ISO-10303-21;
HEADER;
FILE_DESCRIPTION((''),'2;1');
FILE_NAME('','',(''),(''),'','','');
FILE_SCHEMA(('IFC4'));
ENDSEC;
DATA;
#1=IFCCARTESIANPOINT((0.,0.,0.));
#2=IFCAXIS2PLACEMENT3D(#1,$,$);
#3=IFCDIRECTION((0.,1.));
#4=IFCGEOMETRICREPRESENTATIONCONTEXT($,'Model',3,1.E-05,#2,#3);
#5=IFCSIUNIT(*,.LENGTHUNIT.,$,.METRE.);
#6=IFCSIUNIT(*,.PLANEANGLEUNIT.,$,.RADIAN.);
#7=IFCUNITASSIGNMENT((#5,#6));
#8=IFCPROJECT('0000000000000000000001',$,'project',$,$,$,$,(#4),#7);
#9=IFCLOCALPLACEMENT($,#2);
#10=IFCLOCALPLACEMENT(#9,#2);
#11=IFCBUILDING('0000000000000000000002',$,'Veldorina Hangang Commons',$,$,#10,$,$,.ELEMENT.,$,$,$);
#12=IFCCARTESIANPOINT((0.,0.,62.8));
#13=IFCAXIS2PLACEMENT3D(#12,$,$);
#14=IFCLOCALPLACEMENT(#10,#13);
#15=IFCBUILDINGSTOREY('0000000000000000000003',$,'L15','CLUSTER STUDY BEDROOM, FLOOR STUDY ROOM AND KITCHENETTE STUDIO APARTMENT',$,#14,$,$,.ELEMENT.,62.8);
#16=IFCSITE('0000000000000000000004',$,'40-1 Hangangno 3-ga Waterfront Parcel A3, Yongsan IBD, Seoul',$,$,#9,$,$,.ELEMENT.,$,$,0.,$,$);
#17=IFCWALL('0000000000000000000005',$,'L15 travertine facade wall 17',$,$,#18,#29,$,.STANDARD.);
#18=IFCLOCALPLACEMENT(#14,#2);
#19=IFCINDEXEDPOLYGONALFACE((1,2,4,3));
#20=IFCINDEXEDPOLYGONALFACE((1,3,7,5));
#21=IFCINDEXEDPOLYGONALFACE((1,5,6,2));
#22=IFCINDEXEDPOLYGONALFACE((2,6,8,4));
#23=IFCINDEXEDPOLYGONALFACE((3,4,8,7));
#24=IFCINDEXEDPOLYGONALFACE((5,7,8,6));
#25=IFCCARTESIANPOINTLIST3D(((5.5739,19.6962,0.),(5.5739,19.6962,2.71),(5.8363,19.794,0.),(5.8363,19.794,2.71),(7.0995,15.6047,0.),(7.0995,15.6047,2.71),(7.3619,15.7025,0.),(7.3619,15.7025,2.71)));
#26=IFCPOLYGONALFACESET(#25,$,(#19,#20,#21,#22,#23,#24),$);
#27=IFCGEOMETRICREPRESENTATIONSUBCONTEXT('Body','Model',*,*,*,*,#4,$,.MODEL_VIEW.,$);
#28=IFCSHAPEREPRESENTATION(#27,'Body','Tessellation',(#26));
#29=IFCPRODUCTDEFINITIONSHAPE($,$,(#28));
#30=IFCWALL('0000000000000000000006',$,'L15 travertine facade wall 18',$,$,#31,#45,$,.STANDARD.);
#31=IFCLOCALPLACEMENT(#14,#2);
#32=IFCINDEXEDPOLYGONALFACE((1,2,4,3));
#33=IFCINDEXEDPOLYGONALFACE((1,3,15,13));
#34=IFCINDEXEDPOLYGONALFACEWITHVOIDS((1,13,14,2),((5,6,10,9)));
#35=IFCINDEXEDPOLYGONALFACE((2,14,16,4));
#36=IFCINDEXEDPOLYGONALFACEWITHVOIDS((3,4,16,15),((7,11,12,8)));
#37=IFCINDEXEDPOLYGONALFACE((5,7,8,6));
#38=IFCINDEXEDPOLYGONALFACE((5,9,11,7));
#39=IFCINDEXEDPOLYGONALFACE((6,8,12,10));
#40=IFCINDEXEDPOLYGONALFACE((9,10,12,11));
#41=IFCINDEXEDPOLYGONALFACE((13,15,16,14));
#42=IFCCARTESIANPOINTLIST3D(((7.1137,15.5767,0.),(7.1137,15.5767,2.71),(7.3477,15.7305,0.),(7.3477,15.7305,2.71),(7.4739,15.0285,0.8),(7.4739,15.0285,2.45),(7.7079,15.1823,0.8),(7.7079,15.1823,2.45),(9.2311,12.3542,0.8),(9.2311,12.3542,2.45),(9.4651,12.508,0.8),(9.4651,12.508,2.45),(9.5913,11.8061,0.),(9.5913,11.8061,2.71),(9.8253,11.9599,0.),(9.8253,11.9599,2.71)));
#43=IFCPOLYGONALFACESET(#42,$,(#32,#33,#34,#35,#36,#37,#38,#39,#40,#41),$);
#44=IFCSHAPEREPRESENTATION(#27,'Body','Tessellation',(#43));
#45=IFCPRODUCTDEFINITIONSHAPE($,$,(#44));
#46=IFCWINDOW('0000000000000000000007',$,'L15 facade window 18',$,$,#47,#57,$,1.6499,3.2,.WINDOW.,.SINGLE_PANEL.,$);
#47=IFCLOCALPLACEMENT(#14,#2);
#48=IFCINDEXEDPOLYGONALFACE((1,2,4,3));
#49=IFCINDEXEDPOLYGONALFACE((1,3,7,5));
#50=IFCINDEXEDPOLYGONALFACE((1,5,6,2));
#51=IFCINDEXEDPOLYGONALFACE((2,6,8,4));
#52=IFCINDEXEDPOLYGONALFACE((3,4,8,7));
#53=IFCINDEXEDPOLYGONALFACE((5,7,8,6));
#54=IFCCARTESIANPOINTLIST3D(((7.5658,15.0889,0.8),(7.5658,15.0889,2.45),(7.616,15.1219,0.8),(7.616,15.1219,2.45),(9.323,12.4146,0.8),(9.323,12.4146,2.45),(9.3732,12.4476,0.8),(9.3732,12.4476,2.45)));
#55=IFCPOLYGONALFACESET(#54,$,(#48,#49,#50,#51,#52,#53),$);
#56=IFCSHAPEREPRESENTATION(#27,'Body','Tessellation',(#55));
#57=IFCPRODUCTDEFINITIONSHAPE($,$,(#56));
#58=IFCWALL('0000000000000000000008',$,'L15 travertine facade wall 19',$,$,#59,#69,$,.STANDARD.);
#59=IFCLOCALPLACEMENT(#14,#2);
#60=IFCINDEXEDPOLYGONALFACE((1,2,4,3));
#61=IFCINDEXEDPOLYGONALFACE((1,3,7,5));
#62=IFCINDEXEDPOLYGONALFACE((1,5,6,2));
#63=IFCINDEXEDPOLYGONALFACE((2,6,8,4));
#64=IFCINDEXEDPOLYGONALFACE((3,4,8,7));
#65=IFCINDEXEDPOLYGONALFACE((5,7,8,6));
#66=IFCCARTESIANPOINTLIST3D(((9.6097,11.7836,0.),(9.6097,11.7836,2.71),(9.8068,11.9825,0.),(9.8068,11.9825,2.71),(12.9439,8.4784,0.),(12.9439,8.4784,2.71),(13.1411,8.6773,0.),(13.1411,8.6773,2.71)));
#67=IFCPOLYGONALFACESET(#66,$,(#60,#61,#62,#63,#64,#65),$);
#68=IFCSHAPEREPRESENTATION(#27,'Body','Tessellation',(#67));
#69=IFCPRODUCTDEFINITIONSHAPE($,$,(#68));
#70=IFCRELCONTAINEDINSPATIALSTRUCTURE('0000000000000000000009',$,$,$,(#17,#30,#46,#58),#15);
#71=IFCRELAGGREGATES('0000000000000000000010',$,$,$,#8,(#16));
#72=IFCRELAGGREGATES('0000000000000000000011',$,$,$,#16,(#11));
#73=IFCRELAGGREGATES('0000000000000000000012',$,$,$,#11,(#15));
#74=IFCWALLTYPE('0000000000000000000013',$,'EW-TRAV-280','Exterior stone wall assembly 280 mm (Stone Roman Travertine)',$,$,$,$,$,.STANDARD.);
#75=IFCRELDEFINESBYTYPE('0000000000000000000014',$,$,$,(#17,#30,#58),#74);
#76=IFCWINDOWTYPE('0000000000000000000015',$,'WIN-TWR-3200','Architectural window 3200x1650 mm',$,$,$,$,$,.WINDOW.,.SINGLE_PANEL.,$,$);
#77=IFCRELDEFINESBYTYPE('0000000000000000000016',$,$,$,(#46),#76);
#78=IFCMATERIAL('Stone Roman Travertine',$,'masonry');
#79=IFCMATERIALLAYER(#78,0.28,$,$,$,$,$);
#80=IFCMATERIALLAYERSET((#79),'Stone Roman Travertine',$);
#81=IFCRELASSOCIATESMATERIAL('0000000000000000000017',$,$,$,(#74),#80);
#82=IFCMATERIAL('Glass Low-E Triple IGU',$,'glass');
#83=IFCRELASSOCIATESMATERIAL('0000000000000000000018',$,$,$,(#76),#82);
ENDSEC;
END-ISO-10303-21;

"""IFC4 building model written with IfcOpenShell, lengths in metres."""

from ifc_helpers import new_model, si_unit, direction, frame, frame_2d, origin, place, context, subcontext, project, spatial, rectangle, extrude, material, layer, layer_set, type_object, element, fill, save


model = new_model("IFC4")

# Units and contexts
model_context = context("Model", 3, precision=1e-05, world=origin(), true_north=direction((0.0, 1.0)))
body_context = subcontext(model_context, "Body", "Model", "MODEL_VIEW")
ifc_project = project(units=[si_unit("LENGTHUNIT", "METRE"), si_unit("PLANEANGLEUNIT", "RADIAN")], contexts=[model_context])

# Site, building, storey
site_placement = place(None, origin())
site = spatial("IfcSite", under=ifc_project, at=site_placement, Name="40-1 Hangangno 3-ga Waterfront Parcel A3, Yongsan IBD, Seoul", CompositionType="ELEMENT", RefElevation=0.0)
building_placement = place(site_placement, origin())
building = spatial("IfcBuilding", under=site, at=building_placement, Name="Veldorina Hangang Commons", CompositionType="ELEMENT")
storey_placement = place(building_placement, frame((0.0, 0.0, 62.8)))
storey = spatial("IfcBuildingStorey", under=building, at=storey_placement, Name="L15", Description="CLUSTER STUDY BEDROOM, FLOOR STUDY ROOM AND KITCHENETTE STUDIO APARTMENT", CompositionType="ELEMENT", Elevation=62.8)

# Wall
ifc_material_1 = material(Name="Stone Roman Travertine", Category="masonry")
ifc_layer_1 = layer(ifc_material_1, 0.28)
ifc_layer_set_1 = layer_set([ifc_layer_1], Name="Stone Roman Travertine")
wall_type = type_object("IfcWallType", Name="EW-TRAV-280", Description="Exterior stone wall assembly 280 mm (Stone Roman Travertine)", PredefinedType="STANDARD", material=ifc_layer_set_1)
wall_1_placement = place(storey_placement, frame((5.7051, 19.7451, 0.0), z_axis=(0.0, 0.0, 1.0), x_axis=(0.349377, -0.936982, 0.0)))
element("IfcWall", 1, at=wall_1_placement, inside=storey, type_object=wall_type, Name="L15 travertine facade wall 17", PredefinedType="STANDARD", context=body_context, shape_type="SweptSolid", body=[
    extrude(rectangle(XDim=4.3667, YDim=0.28, at=frame_2d((2.1833, 0.0))), origin(), (0.0, 0.0, 1.0), 2.71),
])

# Wall, opening, window
wall_2_placement = place(storey_placement, frame((7.2307, 15.6536, 0.0), z_axis=(0.0, 0.0, 1.0), x_axis=(0.549143, -0.835728, 0.0)))
wall_2 = element("IfcWall", 2, at=wall_2_placement, inside=storey, type_object=wall_type, Name="L15 travertine facade wall 18", PredefinedType="STANDARD", context=body_context, shape_type="SweptSolid", body=[
    extrude(rectangle(XDim=4.5117, YDim=0.28, at=frame_2d((2.2559, 0.0))), origin(), (0.0, 0.0, 1.0), 2.71),
])
opening_placement = place(wall_2_placement, frame((0.6558, 0.0, 0.8)))
opening = element("IfcOpeningElement", 3, at=opening_placement, cuts=wall_2, PredefinedType="OPENING", context=body_context, shape_type="SweptSolid", body=[
    extrude(rectangle(XDim=3.2, YDim=1.6499, at=frame_2d((1.6001, 0.825))), frame((0.0, 0.1499, 0.0), z_axis=(0.0, -1.0, 0.0), x_axis=(1.0, 0.0, 0.0)), (0.0, 0.0, 1.0), 0.3),
])
ifc_material_2 = material(Name="Glass Low-E Triple IGU", Category="glass")
window_type = type_object("IfcWindowType", Name="WIN-TWR-3200", Description="Architectural window 3200x1650 mm", PartitioningType="SINGLE_PANEL", PredefinedType="WINDOW", material=ifc_material_2)
window_placement = place(opening_placement, origin())
window = element("IfcWindow", 4, at=window_placement, inside=storey, type_object=window_type, Name="L15 facade window 18", OverallHeight=1.6499, OverallWidth=3.2, PartitioningType="SINGLE_PANEL", PredefinedType="WINDOW", context=body_context, shape_type="SweptSolid", body=[
    extrude(rectangle(XDim=3.2, YDim=1.6499, at=frame_2d((1.6001, 0.825))), frame((0.0, 0.03, 0.0), z_axis=(0.0, -1.0, 0.0), x_axis=(1.0, 0.0, 0.0)), (0.0, 0.0, 1.0), 0.0601),
])
fill(opening, window)

# Wall
wall_3_placement = place(storey_placement, frame((9.7083, 11.8831, 0.0), z_axis=(0.0, 0.0, 1.0), x_axis=(0.710194, -0.704006, 0.0)))
element("IfcWall", 5, at=wall_3_placement, inside=storey, type_object=wall_type, Name="L15 travertine facade wall 19", PredefinedType="STANDARD", context=body_context, shape_type="SweptSolid", body=[
    extrude(rectangle(XDim=4.6948, YDim=0.28, at=frame_2d((2.3474, 0.0))), origin(), (0.0, 0.0, 1.0), 2.71),
])

save(model, "model.ifc")
